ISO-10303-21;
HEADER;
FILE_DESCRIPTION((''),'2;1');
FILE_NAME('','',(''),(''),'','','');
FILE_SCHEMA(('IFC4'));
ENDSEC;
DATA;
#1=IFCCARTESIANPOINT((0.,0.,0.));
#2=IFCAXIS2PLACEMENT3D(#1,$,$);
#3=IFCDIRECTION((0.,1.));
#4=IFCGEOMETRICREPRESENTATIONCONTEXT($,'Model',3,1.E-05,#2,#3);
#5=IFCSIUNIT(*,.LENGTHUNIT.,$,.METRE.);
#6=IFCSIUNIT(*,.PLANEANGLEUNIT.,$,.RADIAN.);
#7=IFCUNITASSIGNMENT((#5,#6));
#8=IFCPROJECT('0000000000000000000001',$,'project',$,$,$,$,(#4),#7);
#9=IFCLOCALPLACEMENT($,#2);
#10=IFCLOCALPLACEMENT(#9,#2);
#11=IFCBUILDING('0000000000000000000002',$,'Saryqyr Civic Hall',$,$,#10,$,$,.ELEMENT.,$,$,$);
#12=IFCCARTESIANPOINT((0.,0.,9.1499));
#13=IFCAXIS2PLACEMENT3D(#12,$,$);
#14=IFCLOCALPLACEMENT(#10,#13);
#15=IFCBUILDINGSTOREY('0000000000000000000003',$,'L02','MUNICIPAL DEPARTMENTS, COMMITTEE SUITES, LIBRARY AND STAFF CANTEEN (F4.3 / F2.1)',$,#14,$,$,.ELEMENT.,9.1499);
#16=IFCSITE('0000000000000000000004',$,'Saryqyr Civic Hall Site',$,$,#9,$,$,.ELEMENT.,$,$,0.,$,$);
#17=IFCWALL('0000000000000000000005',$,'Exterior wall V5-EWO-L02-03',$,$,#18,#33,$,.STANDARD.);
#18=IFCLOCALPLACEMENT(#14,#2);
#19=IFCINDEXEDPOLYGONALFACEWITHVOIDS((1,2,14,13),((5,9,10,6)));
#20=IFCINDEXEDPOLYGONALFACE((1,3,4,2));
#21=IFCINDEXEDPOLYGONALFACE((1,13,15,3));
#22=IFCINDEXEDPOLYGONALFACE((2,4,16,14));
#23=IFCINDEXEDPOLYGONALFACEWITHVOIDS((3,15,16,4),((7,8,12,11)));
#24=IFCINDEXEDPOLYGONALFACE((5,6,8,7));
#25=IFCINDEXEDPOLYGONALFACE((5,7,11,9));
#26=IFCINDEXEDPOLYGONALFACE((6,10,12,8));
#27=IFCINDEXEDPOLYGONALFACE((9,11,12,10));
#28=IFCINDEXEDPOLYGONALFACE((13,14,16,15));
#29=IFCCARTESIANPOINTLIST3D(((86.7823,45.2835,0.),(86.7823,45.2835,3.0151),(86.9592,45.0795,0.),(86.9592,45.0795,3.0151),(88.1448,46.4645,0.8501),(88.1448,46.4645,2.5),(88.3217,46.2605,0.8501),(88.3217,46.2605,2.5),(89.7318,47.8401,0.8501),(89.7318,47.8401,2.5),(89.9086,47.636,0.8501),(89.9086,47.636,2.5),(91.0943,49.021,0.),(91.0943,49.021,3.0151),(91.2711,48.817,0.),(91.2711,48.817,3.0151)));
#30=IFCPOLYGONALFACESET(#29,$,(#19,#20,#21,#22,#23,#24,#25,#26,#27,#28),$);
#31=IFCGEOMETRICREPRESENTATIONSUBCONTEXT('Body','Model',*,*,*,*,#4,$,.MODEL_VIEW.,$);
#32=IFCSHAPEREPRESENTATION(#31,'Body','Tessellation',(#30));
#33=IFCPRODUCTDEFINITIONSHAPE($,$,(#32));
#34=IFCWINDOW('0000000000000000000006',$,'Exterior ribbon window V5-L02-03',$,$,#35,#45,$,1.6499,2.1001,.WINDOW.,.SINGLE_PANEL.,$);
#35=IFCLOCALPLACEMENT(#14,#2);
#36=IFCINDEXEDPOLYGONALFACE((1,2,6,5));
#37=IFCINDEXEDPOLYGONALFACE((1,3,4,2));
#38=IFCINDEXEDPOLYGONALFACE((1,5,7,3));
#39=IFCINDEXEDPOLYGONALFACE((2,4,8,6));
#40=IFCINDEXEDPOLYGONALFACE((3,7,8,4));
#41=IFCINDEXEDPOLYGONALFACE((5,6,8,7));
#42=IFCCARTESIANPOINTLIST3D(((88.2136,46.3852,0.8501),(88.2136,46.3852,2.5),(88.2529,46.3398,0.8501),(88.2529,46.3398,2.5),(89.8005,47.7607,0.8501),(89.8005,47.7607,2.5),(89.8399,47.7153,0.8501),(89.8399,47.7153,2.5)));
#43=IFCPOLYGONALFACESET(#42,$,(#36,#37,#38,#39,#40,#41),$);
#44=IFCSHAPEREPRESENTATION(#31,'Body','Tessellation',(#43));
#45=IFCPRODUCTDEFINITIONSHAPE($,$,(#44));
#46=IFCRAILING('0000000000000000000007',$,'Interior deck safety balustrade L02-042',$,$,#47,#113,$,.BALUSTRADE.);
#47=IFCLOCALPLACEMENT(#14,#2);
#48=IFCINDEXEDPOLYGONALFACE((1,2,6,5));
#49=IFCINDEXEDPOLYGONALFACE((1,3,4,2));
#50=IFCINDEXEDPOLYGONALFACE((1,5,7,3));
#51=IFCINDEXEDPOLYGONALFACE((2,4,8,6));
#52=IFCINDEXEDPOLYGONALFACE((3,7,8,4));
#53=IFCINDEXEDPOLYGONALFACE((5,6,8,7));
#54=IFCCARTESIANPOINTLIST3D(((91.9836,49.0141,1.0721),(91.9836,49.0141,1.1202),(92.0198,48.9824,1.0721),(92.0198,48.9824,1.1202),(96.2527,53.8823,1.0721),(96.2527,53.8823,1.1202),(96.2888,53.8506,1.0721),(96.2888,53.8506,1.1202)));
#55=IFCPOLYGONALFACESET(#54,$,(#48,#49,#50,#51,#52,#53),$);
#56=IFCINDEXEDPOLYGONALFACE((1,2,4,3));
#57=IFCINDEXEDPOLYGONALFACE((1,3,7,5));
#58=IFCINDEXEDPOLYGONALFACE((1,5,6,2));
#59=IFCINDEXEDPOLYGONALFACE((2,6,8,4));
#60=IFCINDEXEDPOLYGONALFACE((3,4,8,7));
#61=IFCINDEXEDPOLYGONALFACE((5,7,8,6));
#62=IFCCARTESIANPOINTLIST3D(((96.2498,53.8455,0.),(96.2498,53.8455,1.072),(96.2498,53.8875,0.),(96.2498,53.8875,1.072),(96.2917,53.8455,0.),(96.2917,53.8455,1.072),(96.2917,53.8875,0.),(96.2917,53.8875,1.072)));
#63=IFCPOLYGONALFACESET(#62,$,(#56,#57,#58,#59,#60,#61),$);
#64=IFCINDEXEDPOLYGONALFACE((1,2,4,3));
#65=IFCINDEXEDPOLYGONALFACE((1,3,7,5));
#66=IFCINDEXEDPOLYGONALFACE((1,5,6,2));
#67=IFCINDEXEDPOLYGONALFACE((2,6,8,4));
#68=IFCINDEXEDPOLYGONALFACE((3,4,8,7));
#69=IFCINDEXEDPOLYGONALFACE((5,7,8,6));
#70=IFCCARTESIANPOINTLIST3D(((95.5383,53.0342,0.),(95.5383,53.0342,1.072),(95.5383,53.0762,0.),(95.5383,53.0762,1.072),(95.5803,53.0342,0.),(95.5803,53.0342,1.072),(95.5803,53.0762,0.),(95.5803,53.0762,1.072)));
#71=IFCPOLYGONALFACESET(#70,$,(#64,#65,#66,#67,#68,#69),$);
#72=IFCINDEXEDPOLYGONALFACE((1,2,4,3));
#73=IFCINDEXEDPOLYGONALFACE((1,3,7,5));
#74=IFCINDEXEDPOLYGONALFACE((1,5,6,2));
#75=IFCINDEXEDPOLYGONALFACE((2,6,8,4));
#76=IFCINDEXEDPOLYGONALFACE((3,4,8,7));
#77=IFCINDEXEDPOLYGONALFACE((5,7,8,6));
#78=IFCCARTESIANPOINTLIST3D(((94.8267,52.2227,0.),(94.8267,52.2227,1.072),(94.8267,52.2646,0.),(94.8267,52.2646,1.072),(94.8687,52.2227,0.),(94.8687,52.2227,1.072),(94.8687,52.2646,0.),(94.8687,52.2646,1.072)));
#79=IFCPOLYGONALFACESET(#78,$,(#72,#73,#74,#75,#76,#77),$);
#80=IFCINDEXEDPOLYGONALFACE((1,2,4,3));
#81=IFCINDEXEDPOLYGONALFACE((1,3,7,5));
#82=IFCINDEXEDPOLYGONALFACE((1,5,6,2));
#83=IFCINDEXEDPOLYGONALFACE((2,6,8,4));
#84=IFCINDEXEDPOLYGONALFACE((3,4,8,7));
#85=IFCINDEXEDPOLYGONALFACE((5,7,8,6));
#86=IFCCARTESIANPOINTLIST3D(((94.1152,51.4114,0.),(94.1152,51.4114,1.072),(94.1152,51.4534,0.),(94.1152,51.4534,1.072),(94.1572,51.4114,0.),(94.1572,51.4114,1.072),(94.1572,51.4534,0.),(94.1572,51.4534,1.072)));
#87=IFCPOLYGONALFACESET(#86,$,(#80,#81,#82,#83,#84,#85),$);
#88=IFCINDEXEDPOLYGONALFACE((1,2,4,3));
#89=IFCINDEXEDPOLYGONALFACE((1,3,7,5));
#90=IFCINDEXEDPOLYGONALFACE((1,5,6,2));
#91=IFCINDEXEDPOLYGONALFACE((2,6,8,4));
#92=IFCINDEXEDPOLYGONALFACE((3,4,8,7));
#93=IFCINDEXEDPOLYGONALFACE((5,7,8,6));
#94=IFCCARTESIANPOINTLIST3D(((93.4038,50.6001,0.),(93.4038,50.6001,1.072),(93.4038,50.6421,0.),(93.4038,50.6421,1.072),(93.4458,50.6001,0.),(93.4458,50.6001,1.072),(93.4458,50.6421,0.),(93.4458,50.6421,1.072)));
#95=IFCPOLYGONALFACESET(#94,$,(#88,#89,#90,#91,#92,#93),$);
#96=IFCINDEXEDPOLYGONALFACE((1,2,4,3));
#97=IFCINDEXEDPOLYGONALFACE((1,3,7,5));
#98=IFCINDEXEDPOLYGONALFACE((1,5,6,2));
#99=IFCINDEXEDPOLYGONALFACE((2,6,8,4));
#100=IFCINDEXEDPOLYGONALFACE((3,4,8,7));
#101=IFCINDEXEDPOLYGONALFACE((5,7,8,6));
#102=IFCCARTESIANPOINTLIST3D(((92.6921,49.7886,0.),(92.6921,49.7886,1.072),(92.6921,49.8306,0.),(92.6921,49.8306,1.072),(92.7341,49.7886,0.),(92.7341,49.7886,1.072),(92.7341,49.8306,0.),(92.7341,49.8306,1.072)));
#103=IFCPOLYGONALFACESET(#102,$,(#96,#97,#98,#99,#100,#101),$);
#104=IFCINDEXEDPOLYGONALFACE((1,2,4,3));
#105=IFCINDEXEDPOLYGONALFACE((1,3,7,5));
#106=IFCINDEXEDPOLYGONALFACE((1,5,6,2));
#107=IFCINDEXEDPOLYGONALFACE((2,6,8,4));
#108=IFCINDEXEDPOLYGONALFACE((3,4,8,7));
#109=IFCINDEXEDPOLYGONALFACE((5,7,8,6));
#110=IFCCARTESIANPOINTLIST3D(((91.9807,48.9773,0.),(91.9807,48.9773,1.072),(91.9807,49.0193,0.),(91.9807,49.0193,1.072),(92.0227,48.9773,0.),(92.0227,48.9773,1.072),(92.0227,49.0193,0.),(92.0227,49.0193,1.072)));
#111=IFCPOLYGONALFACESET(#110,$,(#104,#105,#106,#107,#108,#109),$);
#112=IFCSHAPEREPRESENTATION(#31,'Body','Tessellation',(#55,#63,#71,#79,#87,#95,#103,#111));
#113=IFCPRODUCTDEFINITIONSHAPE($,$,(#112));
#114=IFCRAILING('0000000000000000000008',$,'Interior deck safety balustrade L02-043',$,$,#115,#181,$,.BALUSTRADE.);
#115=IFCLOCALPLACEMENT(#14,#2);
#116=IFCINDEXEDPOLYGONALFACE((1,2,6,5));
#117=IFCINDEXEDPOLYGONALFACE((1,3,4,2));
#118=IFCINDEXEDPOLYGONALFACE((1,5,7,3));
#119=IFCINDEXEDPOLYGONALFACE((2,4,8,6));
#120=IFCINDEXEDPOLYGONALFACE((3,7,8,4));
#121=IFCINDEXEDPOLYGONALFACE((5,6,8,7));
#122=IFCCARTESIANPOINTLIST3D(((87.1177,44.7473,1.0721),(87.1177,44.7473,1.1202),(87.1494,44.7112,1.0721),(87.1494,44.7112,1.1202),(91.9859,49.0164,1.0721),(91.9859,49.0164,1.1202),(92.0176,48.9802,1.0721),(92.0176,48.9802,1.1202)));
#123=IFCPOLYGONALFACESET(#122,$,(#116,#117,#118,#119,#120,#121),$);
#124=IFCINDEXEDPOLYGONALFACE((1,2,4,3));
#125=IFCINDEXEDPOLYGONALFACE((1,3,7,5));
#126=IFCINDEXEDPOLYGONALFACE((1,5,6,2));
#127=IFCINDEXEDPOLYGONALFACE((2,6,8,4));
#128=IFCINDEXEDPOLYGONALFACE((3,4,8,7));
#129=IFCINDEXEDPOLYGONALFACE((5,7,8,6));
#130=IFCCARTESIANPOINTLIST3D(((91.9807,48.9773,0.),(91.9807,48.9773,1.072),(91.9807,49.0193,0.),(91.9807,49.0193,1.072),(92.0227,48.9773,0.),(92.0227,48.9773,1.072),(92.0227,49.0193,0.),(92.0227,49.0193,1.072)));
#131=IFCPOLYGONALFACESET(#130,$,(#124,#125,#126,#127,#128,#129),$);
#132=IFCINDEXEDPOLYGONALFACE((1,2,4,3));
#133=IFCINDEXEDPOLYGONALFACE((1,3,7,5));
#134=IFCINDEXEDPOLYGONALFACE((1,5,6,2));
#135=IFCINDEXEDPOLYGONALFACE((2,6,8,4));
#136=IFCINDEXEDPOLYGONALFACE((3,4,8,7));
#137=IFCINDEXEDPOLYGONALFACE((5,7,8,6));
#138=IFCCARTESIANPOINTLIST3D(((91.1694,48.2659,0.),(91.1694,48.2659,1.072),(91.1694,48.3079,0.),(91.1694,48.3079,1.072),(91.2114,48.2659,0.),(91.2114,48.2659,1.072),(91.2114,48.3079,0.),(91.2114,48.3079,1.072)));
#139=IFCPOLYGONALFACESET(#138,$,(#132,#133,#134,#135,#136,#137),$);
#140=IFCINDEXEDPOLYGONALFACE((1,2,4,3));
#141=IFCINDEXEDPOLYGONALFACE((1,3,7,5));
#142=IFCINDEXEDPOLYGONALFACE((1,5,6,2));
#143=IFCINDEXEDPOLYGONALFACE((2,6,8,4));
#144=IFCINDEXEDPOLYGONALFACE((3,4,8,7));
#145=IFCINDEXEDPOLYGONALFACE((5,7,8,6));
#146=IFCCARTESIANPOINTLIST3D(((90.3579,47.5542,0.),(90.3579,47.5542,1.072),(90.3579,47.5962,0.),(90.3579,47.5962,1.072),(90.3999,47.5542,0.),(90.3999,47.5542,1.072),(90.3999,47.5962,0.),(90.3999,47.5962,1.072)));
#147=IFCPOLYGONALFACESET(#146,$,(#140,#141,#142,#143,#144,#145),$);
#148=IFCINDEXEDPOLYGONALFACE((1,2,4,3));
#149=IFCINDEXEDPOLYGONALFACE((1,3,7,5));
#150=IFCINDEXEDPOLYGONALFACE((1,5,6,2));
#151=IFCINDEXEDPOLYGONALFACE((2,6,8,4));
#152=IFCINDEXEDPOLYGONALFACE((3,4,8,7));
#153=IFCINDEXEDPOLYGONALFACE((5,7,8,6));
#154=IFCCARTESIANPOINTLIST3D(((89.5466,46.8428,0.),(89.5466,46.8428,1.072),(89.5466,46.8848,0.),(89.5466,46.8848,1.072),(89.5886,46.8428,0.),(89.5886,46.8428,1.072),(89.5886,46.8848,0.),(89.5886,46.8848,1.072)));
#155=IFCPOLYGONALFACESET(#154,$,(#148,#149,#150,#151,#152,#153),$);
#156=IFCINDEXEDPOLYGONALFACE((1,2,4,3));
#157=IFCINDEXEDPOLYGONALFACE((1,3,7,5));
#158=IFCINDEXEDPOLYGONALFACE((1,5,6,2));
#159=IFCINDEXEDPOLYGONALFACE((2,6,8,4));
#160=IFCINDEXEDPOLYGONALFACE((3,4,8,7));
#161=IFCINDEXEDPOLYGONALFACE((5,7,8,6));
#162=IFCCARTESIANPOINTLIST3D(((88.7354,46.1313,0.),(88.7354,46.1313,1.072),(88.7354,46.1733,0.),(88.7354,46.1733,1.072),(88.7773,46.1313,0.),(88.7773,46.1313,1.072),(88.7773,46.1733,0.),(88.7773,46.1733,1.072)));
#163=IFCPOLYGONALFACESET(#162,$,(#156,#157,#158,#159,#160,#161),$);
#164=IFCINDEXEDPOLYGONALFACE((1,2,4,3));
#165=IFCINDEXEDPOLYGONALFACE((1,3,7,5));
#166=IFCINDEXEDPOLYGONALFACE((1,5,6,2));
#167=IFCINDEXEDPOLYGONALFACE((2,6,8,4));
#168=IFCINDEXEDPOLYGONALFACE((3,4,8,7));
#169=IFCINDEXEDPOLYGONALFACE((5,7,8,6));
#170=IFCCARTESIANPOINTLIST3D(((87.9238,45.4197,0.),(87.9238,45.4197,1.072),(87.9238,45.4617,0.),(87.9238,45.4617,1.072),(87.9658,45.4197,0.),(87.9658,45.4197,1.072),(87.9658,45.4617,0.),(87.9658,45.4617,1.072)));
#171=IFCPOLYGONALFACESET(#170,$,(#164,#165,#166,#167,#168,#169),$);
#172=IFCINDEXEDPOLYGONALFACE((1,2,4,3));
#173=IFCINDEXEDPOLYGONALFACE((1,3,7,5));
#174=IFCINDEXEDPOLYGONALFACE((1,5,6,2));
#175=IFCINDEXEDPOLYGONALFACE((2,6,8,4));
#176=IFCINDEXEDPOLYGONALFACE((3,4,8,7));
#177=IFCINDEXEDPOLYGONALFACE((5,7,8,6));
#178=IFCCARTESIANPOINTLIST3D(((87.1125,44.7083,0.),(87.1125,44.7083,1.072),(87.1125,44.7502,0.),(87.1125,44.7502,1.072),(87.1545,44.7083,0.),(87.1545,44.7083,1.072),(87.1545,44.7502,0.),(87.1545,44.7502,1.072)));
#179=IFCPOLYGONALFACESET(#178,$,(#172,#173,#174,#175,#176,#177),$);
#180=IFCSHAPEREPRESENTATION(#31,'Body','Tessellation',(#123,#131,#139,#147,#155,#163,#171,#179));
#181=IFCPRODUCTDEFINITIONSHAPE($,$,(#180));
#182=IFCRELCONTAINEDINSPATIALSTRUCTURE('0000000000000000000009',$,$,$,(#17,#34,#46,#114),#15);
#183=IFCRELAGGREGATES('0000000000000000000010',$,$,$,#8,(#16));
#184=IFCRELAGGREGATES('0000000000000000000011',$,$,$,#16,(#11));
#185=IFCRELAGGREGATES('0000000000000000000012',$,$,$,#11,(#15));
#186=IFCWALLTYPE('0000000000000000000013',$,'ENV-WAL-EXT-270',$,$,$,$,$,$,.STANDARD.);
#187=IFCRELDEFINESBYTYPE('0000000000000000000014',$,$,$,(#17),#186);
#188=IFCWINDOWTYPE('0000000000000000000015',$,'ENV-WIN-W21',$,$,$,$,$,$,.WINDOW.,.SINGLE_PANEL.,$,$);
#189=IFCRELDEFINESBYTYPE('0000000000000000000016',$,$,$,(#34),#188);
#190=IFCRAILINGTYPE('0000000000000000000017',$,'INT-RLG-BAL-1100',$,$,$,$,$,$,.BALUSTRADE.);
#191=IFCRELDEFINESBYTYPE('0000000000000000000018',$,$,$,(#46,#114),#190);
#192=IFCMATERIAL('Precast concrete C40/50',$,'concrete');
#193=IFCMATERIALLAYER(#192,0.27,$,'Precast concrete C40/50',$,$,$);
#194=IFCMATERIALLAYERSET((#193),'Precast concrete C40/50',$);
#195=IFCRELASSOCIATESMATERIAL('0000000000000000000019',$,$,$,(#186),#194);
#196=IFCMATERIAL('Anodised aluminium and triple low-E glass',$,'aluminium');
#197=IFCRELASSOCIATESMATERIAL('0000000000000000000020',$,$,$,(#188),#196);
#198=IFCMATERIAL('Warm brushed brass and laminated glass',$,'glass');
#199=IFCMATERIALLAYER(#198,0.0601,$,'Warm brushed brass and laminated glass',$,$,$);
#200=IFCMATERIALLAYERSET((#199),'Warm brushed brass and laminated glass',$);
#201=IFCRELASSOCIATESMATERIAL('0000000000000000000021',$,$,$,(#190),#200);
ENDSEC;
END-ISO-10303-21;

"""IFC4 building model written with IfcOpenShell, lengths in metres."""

from ifc_helpers import new_model, si_unit, direction, frame, frame_2d, origin, origin_2d, place, context, subcontext, project, spatial, rectangle, extrude, material, layer, layer_set, type_object, element, fill, save


model = new_model("IFC4")

# Units and contexts
model_context = context("Model", 3, precision=1e-05, world=origin(), true_north=direction((0.0, 1.0)))
body_context = subcontext(model_context, "Body", "Model", "MODEL_VIEW")
ifc_project = project(units=[si_unit("LENGTHUNIT", "METRE"), si_unit("PLANEANGLEUNIT", "RADIAN")], contexts=[model_context])

# Site, building, storey
site_placement = place(None, origin())
site = spatial("IfcSite", under=ifc_project, at=site_placement, Name="Saryqyr Civic Hall Site", CompositionType="ELEMENT", RefElevation=0.0)
building_placement = place(site_placement, origin())
building = spatial("IfcBuilding", under=site, at=building_placement, Name="Saryqyr Civic Hall", CompositionType="ELEMENT")
storey_placement = place(building_placement, frame((0.0, 0.0, 9.1499)))
storey = spatial("IfcBuildingStorey", under=building, at=storey_placement, Name="L02", Description="MUNICIPAL DEPARTMENTS, COMMITTEE SUITES, LIBRARY AND STAFF CANTEEN (F4.3 / F2.1)", CompositionType="ELEMENT", Elevation=9.1499)

# Shared definitions
ifc_material_1 = material(Name="Anodised aluminium and triple low-E glass", Category="aluminium")

# Wall, opening, window
ifc_material_2 = material(Name="Precast concrete C40/50", Category="concrete")
ifc_layer_1 = layer(ifc_material_2, 0.27, Name="Precast concrete C40/50")
ifc_layer_set_1 = layer_set([ifc_layer_1], Name="Precast concrete C40/50")
wall_type = type_object("IfcWallType", Name="ENV-WAL-EXT-270", PredefinedType="STANDARD", material=ifc_layer_set_1)
wall_1_placement = place(storey_placement, frame((91.1826, 48.9189, 0.0), z_axis=(0.0, 0.0, 1.0), x_axis=(-0.755648, -0.654978, 0.0)))
wall_1 = element("IfcWall", 1, at=wall_1_placement, inside=storey, type_object=wall_type, Name="Exterior wall V5-EWO-L02-03", PredefinedType="STANDARD", context=body_context, shape_type="SweptSolid", body=[
    extrude(rectangle(XDim=5.7063, YDim=0.27, at=frame_2d((2.853, 0.0))), origin(), (0.0, 0.0, 1.0), 3.0151),
])
opening_1_placement = place(wall_1_placement, frame((1.803, 0.0, 0.8501)))
opening_1 = element("IfcOpeningElement", 2, at=opening_1_placement, cuts=wall_1, PredefinedType="OPENING", context=body_context, shape_type="SweptSolid", body=[
    extrude(rectangle(XDim=2.1001, YDim=1.6499, at=frame_2d((1.05, 0.825))), frame((0.0, 0.145, 0.0), z_axis=(0.0, -1.0, 0.0), x_axis=(1.0, 0.0, 0.0)), (0.0, 0.0, 1.0), 0.29),
])
window_type_1 = type_object("IfcWindowType", Name="ENV-WIN-W21", PartitioningType="SINGLE_PANEL", PredefinedType="WINDOW", material=ifc_material_1)
window_1_placement = place(opening_1_placement, origin())
window_1 = element("IfcWindow", 3, at=window_1_placement, inside=storey, type_object=window_type_1, Name="Exterior ribbon window V5-L02-03", OverallHeight=1.6499, OverallWidth=2.1001, PartitioningType="SINGLE_PANEL", PredefinedType="WINDOW", context=body_context, shape_type="SweptSolid", body=[
    extrude(rectangle(XDim=2.1001, YDim=1.6499, at=frame_2d((1.05, 0.825))), frame((0.0, 0.03, 0.0), z_axis=(0.0, -1.0, 0.0), x_axis=(1.0, 0.0, 0.0)), (0.0, 0.0, 1.0), 0.0601),
])
fill(opening_1, window_1)

# Railings
ifc_material_3 = material(Name="Warm brushed brass and laminated glass", Category="glass")
ifc_layer_2 = layer(ifc_material_3, 0.0601, Name="Warm brushed brass and laminated glass")
ifc_layer_set_2 = layer_set([ifc_layer_2], Name="Warm brushed brass and laminated glass")
railing_type = type_object("IfcRailingType", Name="INT-RLG-BAL-1100", PredefinedType="BALUSTRADE", material=ifc_layer_set_2)
railing_1_placement = place(storey_placement, frame((96.2708, 53.8665, 0.0)))
element("IfcRailing", 4, at=railing_1_placement, inside=storey, type_object=railing_type, Name="Interior deck safety balustrade L02-042", PredefinedType="BALUSTRADE", context=body_context, shape_type="SweptSolid", body=[
    extrude(rectangle(XDim=0.0481, YDim=0.0481, at=origin_2d()), frame((0.0, 0.0, 1.0962), z_axis=(-0.659326, -0.751857, 0.0), x_axis=(0.751857, -0.659326, 0.0)), (0.0, 0.0, 1.0), 6.4749),
    extrude(rectangle(XDim=0.042, YDim=0.042, at=origin_2d()), origin(), (0.0, 0.0, 1.0), 1.072),
    extrude(rectangle(XDim=0.042, YDim=0.042, at=origin_2d()), frame((-0.7114, -0.8113, 0.0)), (0.0, 0.0, 1.0), 1.072),
    extrude(rectangle(XDim=0.042, YDim=0.042, at=origin_2d()), frame((-1.4231, -1.6228, 0.0)), (0.0, 0.0, 1.0), 1.072),
    extrude(rectangle(XDim=0.042, YDim=0.042, at=origin_2d()), frame((-2.1345, -2.4341, 0.0)), (0.0, 0.0, 1.0), 1.072),
    extrude(rectangle(XDim=0.042, YDim=0.042, at=origin_2d()), frame((-2.8459, -3.2454, 0.0)), (0.0, 0.0, 1.0), 1.072),
    extrude(rectangle(XDim=0.042, YDim=0.042, at=origin_2d()), frame((-3.5576, -4.0569, 0.0)), (0.0, 0.0, 1.0), 1.072),
    extrude(rectangle(XDim=0.042, YDim=0.042, at=origin_2d()), frame((-4.269, -4.8682, 0.0)), (0.0, 0.0, 1.0), 1.072),
])
railing_2_placement = place(storey_placement, frame((92.0017, 48.9983, 0.0)))
element("IfcRailing", 5, at=railing_2_placement, inside=storey, type_object=railing_type, Name="Interior deck safety balustrade L02-043", PredefinedType="BALUSTRADE", context=body_context, shape_type="SweptSolid", body=[
    extrude(rectangle(XDim=0.0481, YDim=0.0481, at=origin_2d()), frame((0.0, 0.0, 1.0962), z_axis=(-0.751857, -0.659326, 0.0), x_axis=(0.659326, -0.751857, 0.0)), (0.0, 0.0, 1.0), 6.4749),
    extrude(rectangle(XDim=0.042, YDim=0.042, at=origin_2d()), origin(), (0.0, 0.0, 1.0), 1.072),
    extrude(rectangle(XDim=0.042, YDim=0.042, at=origin_2d()), frame((-0.8113, -0.7114, 0.0)), (0.0, 0.0, 1.0), 1.072),
    extrude(rectangle(XDim=0.042, YDim=0.042, at=origin_2d()), frame((-1.6228, -1.4231, 0.0)), (0.0, 0.0, 1.0), 1.072),
    extrude(rectangle(XDim=0.042, YDim=0.042, at=origin_2d()), frame((-2.4341, -2.1345, 0.0)), (0.0, 0.0, 1.0), 1.072),
    extrude(rectangle(XDim=0.042, YDim=0.042, at=origin_2d()), frame((-3.2454, -2.8459, 0.0)), (0.0, 0.0, 1.0), 1.072),
    extrude(rectangle(XDim=0.042, YDim=0.042, at=origin_2d()), frame((-4.0569, -3.5576, 0.0)), (0.0, 0.0, 1.0), 1.072),
    extrude(rectangle(XDim=0.042, YDim=0.042, at=origin_2d()), frame((-4.8682, -4.269, 0.0)), (0.0, 0.0, 1.0), 1.072),
])

save(model, "model.ifc")
